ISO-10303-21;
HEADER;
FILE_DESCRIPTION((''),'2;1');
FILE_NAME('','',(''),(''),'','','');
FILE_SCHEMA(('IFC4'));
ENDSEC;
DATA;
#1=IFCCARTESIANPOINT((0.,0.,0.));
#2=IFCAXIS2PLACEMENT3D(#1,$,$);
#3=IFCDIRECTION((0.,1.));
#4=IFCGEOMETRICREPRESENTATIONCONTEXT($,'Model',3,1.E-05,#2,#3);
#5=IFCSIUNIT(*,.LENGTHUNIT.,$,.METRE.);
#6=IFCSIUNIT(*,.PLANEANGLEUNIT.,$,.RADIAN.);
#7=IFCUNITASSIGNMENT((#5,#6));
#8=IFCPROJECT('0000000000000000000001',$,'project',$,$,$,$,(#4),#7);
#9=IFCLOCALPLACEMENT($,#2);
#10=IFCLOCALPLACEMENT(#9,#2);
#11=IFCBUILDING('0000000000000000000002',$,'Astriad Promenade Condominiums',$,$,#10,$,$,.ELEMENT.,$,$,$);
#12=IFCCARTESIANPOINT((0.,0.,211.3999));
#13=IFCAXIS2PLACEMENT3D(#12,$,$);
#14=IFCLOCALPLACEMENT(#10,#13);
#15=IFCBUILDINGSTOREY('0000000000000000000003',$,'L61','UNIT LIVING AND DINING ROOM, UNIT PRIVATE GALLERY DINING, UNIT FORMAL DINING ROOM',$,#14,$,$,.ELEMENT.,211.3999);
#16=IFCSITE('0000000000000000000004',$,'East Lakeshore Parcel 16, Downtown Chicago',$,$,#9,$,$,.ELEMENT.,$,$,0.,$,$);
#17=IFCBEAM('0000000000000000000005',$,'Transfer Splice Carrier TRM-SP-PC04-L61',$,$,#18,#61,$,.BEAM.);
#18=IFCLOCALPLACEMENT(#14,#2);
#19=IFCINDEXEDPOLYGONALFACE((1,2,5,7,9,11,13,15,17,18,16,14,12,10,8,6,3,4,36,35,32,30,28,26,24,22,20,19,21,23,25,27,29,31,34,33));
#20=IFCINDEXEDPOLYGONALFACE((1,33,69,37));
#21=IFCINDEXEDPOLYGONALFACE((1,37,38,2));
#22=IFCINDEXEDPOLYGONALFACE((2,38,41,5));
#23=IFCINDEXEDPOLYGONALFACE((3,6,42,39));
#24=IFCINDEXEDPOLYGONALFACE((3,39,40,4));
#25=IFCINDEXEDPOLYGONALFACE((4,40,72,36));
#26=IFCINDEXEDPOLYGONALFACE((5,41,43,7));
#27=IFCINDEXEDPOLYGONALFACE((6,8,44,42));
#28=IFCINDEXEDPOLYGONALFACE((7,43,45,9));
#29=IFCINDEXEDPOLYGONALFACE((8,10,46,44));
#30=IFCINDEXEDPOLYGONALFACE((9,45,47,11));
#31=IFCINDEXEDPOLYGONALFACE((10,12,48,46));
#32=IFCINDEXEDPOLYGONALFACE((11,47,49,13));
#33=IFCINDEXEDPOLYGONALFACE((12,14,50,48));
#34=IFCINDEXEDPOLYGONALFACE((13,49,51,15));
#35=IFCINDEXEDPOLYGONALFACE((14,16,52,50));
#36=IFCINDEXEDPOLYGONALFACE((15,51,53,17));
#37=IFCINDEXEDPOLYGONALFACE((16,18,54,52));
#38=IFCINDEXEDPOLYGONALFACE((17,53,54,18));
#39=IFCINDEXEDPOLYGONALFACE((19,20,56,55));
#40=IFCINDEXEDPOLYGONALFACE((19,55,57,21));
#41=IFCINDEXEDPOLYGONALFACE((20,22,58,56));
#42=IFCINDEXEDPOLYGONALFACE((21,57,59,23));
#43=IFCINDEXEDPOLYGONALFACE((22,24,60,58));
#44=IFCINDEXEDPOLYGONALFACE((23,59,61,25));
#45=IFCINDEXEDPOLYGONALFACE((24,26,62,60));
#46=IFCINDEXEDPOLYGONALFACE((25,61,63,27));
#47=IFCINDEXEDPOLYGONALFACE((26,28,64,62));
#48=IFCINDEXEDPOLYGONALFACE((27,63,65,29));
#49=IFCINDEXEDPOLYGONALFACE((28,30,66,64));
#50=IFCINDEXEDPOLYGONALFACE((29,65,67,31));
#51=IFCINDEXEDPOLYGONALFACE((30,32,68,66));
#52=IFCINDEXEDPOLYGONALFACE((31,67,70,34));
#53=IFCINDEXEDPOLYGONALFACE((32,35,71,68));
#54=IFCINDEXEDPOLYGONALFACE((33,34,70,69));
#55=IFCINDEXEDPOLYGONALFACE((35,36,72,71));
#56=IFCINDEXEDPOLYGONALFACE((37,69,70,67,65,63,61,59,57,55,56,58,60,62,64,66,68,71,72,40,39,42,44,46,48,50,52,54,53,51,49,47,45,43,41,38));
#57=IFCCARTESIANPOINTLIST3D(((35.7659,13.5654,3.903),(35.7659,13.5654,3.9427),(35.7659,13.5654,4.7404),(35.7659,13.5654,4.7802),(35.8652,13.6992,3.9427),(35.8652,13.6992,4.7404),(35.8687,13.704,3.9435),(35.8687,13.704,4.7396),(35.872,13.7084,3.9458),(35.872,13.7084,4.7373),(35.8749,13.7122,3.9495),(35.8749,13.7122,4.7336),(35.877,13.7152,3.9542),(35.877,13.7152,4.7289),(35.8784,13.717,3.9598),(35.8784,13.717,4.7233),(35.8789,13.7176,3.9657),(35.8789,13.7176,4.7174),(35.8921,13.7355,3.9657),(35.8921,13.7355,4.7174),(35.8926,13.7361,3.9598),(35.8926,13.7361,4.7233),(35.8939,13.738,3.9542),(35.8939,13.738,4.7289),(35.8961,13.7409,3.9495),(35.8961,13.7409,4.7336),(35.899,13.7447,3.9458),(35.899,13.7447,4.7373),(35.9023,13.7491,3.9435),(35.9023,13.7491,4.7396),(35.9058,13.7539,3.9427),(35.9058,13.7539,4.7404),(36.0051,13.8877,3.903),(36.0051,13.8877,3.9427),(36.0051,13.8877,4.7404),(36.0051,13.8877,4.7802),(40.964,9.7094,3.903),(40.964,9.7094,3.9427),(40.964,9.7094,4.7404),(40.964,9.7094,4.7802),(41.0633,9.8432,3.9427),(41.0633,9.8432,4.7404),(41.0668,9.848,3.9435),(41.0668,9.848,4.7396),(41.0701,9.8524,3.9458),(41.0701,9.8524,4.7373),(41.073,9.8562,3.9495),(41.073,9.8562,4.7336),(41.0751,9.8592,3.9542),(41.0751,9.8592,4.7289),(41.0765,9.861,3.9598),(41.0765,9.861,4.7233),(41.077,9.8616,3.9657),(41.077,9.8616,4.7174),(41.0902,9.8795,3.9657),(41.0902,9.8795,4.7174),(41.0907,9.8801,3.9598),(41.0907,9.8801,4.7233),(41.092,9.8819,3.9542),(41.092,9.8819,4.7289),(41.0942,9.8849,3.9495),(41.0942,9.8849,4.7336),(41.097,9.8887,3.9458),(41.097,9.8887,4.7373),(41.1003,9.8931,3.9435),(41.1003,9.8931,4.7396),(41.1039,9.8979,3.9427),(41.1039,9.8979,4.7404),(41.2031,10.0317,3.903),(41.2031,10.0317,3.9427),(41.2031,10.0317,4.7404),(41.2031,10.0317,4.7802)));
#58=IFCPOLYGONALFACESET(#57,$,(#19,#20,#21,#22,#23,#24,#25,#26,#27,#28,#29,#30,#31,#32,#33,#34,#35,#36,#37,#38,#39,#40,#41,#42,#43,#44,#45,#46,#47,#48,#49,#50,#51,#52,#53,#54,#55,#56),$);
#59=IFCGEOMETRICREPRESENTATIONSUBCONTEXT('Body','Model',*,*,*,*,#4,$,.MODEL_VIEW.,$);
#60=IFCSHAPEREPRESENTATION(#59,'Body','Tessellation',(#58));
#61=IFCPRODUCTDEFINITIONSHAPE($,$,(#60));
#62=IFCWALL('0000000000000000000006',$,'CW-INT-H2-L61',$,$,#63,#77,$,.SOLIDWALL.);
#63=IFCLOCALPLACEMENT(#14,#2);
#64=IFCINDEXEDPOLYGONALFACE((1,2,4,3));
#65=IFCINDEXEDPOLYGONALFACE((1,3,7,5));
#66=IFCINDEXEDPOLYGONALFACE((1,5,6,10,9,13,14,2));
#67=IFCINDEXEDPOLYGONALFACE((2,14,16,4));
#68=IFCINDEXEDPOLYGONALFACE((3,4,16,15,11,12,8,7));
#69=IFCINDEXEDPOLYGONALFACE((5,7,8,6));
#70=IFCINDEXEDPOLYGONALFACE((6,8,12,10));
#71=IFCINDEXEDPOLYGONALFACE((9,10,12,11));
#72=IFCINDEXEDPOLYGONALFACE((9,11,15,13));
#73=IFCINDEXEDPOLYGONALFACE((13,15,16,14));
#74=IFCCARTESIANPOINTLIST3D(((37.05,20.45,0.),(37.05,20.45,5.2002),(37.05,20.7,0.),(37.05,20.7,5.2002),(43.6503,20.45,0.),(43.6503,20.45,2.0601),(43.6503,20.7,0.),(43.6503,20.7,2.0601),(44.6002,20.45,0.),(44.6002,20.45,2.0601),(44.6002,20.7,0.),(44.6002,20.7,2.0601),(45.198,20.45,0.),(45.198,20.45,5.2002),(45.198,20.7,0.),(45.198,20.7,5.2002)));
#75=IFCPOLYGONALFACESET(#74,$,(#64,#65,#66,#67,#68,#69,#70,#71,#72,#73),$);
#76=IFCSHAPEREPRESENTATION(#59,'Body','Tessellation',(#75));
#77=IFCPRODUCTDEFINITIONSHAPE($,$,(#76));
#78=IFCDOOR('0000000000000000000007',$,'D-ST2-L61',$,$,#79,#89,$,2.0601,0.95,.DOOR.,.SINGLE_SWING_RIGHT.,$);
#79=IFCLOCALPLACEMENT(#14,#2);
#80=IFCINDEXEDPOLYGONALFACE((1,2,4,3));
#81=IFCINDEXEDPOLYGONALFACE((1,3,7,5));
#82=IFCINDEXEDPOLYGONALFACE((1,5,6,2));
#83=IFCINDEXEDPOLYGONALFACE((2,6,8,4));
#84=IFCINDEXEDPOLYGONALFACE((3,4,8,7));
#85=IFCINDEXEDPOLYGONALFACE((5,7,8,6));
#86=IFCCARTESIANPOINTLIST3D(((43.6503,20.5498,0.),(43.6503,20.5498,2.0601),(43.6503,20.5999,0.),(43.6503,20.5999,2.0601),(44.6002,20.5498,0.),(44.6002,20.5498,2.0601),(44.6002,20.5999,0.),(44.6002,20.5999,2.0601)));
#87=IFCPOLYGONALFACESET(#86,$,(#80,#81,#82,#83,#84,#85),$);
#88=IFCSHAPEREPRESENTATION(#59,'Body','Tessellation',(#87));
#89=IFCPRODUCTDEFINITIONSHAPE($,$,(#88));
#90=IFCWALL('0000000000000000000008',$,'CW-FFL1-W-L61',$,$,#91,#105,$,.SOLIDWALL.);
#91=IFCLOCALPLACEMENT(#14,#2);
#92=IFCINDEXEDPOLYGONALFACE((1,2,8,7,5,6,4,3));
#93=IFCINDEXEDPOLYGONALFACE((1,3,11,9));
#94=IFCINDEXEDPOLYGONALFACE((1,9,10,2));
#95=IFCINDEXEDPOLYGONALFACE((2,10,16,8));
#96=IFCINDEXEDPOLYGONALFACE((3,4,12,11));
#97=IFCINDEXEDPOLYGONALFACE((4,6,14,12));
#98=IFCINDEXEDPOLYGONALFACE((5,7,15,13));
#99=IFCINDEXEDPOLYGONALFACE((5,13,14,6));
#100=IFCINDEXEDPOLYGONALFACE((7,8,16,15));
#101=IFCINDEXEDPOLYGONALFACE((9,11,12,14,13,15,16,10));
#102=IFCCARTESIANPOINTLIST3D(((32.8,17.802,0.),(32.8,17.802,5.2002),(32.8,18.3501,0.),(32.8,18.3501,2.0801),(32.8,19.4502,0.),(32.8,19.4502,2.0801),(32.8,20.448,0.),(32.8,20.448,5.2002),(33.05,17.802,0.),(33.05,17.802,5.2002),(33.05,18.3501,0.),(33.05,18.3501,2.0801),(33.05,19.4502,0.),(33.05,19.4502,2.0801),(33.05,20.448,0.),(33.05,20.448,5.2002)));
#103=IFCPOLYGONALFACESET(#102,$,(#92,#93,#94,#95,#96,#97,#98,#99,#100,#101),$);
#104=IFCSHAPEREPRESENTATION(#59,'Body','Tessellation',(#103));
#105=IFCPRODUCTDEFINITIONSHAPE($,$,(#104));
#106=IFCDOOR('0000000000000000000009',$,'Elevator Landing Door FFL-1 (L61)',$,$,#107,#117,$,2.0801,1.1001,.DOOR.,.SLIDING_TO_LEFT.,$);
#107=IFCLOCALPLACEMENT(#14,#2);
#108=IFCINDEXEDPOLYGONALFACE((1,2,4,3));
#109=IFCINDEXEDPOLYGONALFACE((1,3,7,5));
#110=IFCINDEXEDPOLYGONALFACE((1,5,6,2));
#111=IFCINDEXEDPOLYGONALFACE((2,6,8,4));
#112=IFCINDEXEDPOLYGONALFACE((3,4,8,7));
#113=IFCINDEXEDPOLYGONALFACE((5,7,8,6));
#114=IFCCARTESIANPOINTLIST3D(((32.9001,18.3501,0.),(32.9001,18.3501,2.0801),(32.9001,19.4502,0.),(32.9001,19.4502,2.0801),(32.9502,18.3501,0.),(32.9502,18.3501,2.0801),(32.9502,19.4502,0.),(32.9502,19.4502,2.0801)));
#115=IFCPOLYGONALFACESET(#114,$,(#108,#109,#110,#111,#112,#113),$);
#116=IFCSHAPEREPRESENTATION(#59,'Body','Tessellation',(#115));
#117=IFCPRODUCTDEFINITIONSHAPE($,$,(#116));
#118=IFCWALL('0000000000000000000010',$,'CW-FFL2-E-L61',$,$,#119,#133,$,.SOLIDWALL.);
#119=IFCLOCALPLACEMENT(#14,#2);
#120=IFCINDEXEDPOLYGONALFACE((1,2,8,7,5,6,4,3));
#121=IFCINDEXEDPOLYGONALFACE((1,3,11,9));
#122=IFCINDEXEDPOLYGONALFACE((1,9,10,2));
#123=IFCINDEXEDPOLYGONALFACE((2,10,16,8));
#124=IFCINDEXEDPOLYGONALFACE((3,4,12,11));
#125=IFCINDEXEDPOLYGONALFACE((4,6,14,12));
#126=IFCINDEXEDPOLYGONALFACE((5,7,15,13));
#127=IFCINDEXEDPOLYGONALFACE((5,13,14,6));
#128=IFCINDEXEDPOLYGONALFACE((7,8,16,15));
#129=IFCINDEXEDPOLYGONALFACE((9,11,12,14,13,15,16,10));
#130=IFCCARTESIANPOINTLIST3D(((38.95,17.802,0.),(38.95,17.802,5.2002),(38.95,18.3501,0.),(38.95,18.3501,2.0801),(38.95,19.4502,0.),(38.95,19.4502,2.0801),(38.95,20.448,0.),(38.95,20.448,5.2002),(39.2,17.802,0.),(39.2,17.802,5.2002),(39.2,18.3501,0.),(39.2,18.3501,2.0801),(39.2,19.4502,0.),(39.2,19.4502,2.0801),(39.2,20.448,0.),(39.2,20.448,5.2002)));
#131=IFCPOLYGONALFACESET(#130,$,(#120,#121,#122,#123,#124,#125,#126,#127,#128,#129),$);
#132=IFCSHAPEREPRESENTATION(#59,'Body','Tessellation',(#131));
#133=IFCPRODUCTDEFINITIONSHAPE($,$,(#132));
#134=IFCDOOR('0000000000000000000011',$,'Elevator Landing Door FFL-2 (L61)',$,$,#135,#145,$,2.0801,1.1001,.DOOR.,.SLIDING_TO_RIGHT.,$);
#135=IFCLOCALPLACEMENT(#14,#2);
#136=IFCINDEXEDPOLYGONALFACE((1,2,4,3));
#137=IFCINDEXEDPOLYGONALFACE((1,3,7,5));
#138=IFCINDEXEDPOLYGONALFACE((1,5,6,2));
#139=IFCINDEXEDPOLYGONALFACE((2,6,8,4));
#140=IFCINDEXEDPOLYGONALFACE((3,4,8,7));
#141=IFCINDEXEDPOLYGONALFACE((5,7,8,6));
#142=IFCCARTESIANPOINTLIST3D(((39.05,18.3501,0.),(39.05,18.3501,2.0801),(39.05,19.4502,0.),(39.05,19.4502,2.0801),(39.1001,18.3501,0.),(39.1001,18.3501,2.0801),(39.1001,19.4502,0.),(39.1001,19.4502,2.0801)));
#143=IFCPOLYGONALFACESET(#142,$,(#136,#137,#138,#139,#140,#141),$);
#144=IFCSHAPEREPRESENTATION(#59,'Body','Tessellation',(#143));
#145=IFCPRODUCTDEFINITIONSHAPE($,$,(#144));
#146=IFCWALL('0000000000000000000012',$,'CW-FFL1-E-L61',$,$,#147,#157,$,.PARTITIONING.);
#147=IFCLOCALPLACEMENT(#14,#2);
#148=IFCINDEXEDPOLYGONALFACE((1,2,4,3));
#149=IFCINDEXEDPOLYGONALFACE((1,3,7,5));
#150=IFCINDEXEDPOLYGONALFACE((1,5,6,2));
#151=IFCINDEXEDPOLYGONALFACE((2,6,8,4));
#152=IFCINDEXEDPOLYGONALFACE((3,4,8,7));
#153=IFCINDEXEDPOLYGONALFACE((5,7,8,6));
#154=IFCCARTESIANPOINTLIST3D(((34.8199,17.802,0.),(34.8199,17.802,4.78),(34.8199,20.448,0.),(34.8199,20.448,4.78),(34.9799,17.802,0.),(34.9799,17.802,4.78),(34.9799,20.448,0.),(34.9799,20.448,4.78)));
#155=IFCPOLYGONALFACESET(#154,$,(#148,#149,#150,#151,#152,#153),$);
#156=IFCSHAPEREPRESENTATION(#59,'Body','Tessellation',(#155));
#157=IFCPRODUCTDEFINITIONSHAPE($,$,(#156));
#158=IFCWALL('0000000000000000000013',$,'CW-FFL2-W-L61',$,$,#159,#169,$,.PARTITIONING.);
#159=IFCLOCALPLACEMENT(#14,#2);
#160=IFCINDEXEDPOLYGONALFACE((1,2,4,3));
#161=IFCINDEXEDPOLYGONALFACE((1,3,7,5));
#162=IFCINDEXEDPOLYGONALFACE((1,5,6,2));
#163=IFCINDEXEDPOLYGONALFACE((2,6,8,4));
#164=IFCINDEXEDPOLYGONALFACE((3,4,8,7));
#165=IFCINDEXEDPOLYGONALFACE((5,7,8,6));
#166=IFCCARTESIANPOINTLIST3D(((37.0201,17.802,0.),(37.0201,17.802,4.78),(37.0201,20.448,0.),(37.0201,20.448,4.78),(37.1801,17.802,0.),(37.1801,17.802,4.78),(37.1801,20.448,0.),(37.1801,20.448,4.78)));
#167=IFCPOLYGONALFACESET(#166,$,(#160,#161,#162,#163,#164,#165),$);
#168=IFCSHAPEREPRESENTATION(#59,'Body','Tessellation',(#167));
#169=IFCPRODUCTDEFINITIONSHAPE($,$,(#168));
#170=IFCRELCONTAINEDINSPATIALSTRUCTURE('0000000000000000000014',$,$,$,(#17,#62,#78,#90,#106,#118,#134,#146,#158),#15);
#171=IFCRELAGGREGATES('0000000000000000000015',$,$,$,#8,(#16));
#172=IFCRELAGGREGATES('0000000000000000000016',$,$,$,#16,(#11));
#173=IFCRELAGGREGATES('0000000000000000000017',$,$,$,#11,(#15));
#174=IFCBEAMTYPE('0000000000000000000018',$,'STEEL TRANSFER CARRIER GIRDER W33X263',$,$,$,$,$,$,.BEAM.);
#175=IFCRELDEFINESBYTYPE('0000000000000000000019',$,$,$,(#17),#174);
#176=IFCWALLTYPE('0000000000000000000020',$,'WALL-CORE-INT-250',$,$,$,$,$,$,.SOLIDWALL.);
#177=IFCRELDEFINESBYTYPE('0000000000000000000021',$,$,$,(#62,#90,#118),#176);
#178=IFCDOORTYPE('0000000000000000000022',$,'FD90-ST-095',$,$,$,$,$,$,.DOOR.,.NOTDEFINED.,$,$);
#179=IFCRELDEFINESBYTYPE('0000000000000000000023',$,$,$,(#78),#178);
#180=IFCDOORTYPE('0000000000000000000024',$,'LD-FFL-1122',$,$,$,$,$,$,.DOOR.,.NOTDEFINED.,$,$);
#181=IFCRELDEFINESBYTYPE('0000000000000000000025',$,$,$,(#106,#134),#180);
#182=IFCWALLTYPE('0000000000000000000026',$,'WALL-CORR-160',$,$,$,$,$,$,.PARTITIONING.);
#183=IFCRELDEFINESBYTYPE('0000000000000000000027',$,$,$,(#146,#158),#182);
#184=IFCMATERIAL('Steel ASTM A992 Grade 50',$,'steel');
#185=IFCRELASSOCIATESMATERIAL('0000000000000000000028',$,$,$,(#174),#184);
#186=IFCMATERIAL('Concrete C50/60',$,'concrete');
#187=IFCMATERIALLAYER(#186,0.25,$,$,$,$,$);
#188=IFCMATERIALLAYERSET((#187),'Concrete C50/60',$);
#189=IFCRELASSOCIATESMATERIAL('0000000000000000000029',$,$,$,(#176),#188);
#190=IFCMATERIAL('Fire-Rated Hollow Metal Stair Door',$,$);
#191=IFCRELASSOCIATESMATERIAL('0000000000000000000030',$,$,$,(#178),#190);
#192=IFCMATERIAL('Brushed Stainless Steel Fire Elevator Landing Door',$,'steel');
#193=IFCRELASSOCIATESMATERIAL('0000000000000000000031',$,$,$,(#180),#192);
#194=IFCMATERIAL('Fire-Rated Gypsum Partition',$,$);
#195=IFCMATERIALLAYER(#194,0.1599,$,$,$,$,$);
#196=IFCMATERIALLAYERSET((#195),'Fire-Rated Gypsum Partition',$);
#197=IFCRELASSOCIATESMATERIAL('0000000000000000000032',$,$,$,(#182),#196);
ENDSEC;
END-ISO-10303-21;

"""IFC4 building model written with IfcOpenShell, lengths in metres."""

from ifc_helpers import new_model, si_unit, direction, frame, frame_2d, origin, origin_2d, place, context, subcontext, project, spatial, rectangle, i_section, extrude, source, transform, mapped, material, layer, layer_set, material_profile, profile_set, type_object, type_shapes, element, fill, save


model = new_model("IFC4")

# Units and contexts
model_context = context("Model", 3, precision=1e-05, world=origin(), true_north=direction((0.0, 1.0)))
body_context = subcontext(model_context, "Body", "Model", "MODEL_VIEW")
ifc_project = project(units=[si_unit("LENGTHUNIT", "METRE"), si_unit("PLANEANGLEUNIT", "RADIAN")], contexts=[model_context])

# Site, building, storey
site_placement = place(None, origin())
site = spatial("IfcSite", under=ifc_project, at=site_placement, Name="East Lakeshore Parcel 16, Downtown Chicago", CompositionType="ELEMENT", RefElevation=0.0)
building_placement = place(site_placement, origin())
building = spatial("IfcBuilding", under=site, at=building_placement, Name="Astriad Promenade Condominiums", CompositionType="ELEMENT")
storey_placement = place(building_placement, frame((0.0, 0.0, 211.3999)))
storey = spatial("IfcBuildingStorey", under=building, at=storey_placement, Name="L61", Description="UNIT LIVING AND DINING ROOM, UNIT PRIVATE GALLERY DINING, UNIT FORMAL DINING ROOM", CompositionType="ELEMENT", Elevation=211.3999)

# Shared definitions
ifc_material_1 = material(Name="Steel ASTM A992 Grade 50", Category="steel")

# Beam
ifc_material_profile_1 = material_profile(ifc_material_1, i_section(OverallWidth=0.4014, OverallDepth=0.8772, WebThickness=0.0222, FlangeThickness=0.0398, FilletRadius=0.0229, at=origin_2d()), Name="W33X263")
ifc_profile_set_1 = profile_set([ifc_material_profile_1], Name="Steel ASTM A992 Grade 50")
beam_type_1 = type_object("IfcBeamType", Name="STEEL TRANSFER CARRIER GIRDER W33X263", PredefinedType="BEAM", material=ifc_profile_set_1)
shared_shape_1 = source(origin(), body_context, "Body", "SweptSolid", [
    extrude(i_section(OverallWidth=0.4014, OverallDepth=0.8772, WebThickness=0.0222, FlangeThickness=0.0398, FilletRadius=0.0229, at=origin_2d()), origin(), (0.0, 0.0, 1.0), 6.4722),
])
type_shapes(beam_type_1, [shared_shape_1])
beam_1_placement = place(storey_placement, frame((35.8855, 13.7266, 4.3416), z_axis=(0.803144, -0.595785, 0.0), x_axis=(0.595785, 0.803144, 0.0)))
element("IfcBeam", 1, at=beam_1_placement, inside=storey, type_object=beam_type_1, Name="Transfer Splice Carrier TRM-SP-PC04-L61", PredefinedType="BEAM", context=body_context, shape_type="MappedRepresentation", body=[
    mapped(shared_shape_1, transform((0.0, 0.0, 0.0), scale=1.0)),
])

# Walls, openings, doors
ifc_material_2 = material(Name="Concrete C50/60", Category="concrete")
ifc_layer_1 = layer(ifc_material_2, 0.25)
ifc_layer_set_1 = layer_set([ifc_layer_1], Name="Concrete C50/60")
wall_type_1 = type_object("IfcWallType", Name="WALL-CORE-INT-250", PredefinedType="SOLIDWALL", material=ifc_layer_set_1)
wall_1_placement = place(storey_placement, frame((37.05, 20.575, 0.0), z_axis=(0.0, 0.0, 1.0), x_axis=(1.0, 0.0, 0.0)))
wall_1 = element("IfcWall", 2, at=wall_1_placement, inside=storey, type_object=wall_type_1, Name="CW-INT-H2-L61", PredefinedType="SOLIDWALL", context=body_context, shape_type="SweptSolid", body=[
    extrude(rectangle(XDim=8.1479, YDim=0.25, at=frame_2d((4.074, 0.0))), origin(), (0.0, 0.0, 1.0), 5.2002),
])
opening_1_placement = place(wall_1_placement, frame((6.6001, 0.0, 0.0)))
opening_1 = element("IfcOpeningElement", 3, at=opening_1_placement, cuts=wall_1, PredefinedType="OPENING", context=body_context, shape_type="SweptSolid", body=[
    extrude(rectangle(XDim=0.95, YDim=2.0601, at=frame_2d((0.4751, 1.03))), frame((0.0, 0.135, 0.0), z_axis=(0.0, -1.0, 0.0), x_axis=(1.0, 0.0, 0.0)), (0.0, 0.0, 1.0), 0.27),
])
ifc_material_3 = material(Name="Fire-Rated Hollow Metal Stair Door")
door_type_1 = type_object("IfcDoorType", Name="FD90-ST-095", OperationType="NOTDEFINED", PredefinedType="DOOR", material=ifc_material_3)
shared_shape_2 = source(origin(), body_context, "Body", "SweptSolid", [
    extrude(rectangle(XDim=0.95, YDim=2.0601, at=frame_2d((0.4751, 1.03))), frame((0.0, 0.0249, 0.0), z_axis=(0.0, -1.0, 0.0), x_axis=(1.0, 0.0, 0.0)), (0.0, 0.0, 1.0), 0.05),
])
type_shapes(door_type_1, [shared_shape_2])
door_1_placement = place(opening_1_placement, origin())
door_1 = element("IfcDoor", 4, at=door_1_placement, inside=storey, type_object=door_type_1, Name="D-ST2-L61", OperationType="SINGLE_SWING_RIGHT", OverallHeight=2.0601, OverallWidth=0.95, PredefinedType="DOOR", context=body_context, shape_type="MappedRepresentation", body=[
    mapped(shared_shape_2, transform((0.0, 0.0, 0.0), scale=1.0)),
])
fill(opening_1, door_1)
wall_2_placement = place(storey_placement, frame((32.925, 17.802, 0.0), z_axis=(0.0, 0.0, 1.0), x_axis=(0.0, 1.0, 0.0)))
wall_2 = element("IfcWall", 5, at=wall_2_placement, inside=storey, type_object=wall_type_1, Name="CW-FFL1-W-L61", PredefinedType="SOLIDWALL", context=body_context, shape_type="SweptSolid", body=[
    extrude(rectangle(XDim=2.646, YDim=0.25, at=frame_2d((1.323, 0.0))), origin(), (0.0, 0.0, 1.0), 5.2002),
])
opening_2_placement = place(wall_2_placement, frame((0.5481, 0.0, 0.0)))
opening_2 = element("IfcOpeningElement", 6, at=opening_2_placement, cuts=wall_2, PredefinedType="OPENING", context=body_context, shape_type="SweptSolid", body=[
    extrude(rectangle(XDim=1.1001, YDim=2.0801, at=frame_2d((0.55, 1.04))), frame((0.0, 0.135, 0.0), z_axis=(0.0, -1.0, 0.0), x_axis=(1.0, 0.0, 0.0)), (0.0, 0.0, 1.0), 0.27),
])
ifc_material_4 = material(Name="Brushed Stainless Steel Fire Elevator Landing Door", Category="steel")
door_type_2 = type_object("IfcDoorType", Name="LD-FFL-1122", OperationType="NOTDEFINED", PredefinedType="DOOR", material=ifc_material_4)
shared_shape_3 = source(origin(), body_context, "Body", "SweptSolid", [
    extrude(rectangle(XDim=1.1001, YDim=2.0801, at=frame_2d((0.55, 1.04))), frame((0.0, 0.0249, 0.0), z_axis=(0.0, -1.0, 0.0), x_axis=(1.0, 0.0, 0.0)), (0.0, 0.0, 1.0), 0.05),
])
type_shapes(door_type_2, [shared_shape_3])
door_2_placement = place(opening_2_placement, origin())
door_2 = element("IfcDoor", 7, at=door_2_placement, inside=storey, type_object=door_type_2, Name="Elevator Landing Door FFL-1 (L61)", OperationType="SLIDING_TO_LEFT", OverallHeight=2.0801, OverallWidth=1.1001, PredefinedType="DOOR", context=body_context, shape_type="MappedRepresentation", body=[
    mapped(shared_shape_3, transform((0.0, 0.0, 0.0), scale=1.0)),
])
fill(opening_2, door_2)
wall_3_placement = place(storey_placement, frame((39.075, 17.802, 0.0), z_axis=(0.0, 0.0, 1.0), x_axis=(0.0, 1.0, 0.0)))
wall_3 = element("IfcWall", 8, at=wall_3_placement, inside=storey, type_object=wall_type_1, Name="CW-FFL2-E-L61", PredefinedType="SOLIDWALL", context=body_context, shape_type="SweptSolid", body=[
    extrude(rectangle(XDim=2.646, YDim=0.25, at=frame_2d((1.323, 0.0))), origin(), (0.0, 0.0, 1.0), 5.2002),
])
opening_3_placement = place(wall_3_placement, frame((0.5481, 0.0, 0.0)))
opening_3 = element("IfcOpeningElement", 9, at=opening_3_placement, cuts=wall_3, PredefinedType="OPENING", context=body_context, shape_type="SweptSolid", body=[
    extrude(rectangle(XDim=1.1001, YDim=2.0801, at=frame_2d((0.55, 1.04))), frame((0.0, 0.135, 0.0), z_axis=(0.0, -1.0, 0.0), x_axis=(1.0, 0.0, 0.0)), (0.0, 0.0, 1.0), 0.27),
])
door_3_placement = place(opening_3_placement, origin())
door_3 = element("IfcDoor", 10, at=door_3_placement, inside=storey, type_object=door_type_2, Name="Elevator Landing Door FFL-2 (L61)", OperationType="SLIDING_TO_RIGHT", OverallHeight=2.0801, OverallWidth=1.1001, PredefinedType="DOOR", context=body_context, shape_type="MappedRepresentation", body=[
    mapped(shared_shape_3, transform((0.0, 0.0, 0.0), scale=1.0)),
])
fill(opening_3, door_3)

# Walls
ifc_material_5 = material(Name="Fire-Rated Gypsum Partition")
ifc_layer_2 = layer(ifc_material_5, 0.1599)
ifc_layer_set_2 = layer_set([ifc_layer_2], Name="Fire-Rated Gypsum Partition")
wall_type_2 = type_object("IfcWallType", Name="WALL-CORR-160", PredefinedType="PARTITIONING", material=ifc_layer_set_2)
for number, where, z_axis, x_axis, name in (
    (11, (34.8999, 17.802, 0.0), (0.0, 0.0, 1.0), (0.0, 1.0, 0.0), "CW-FFL1-E-L61"),
    (12, (37.1001, 17.802, 0.0), (0.0, 0.0, 1.0), (0.0, 1.0, 0.0), "CW-FFL2-W-L61"),
):
    element("IfcWall", number, at=place(storey_placement, frame(where, z_axis=z_axis, x_axis=x_axis)), inside=storey, type_object=wall_type_2, Name=name, PredefinedType="PARTITIONING", context=body_context, shape_type="SweptSolid", body=[
        extrude(rectangle(XDim=2.646, YDim=0.1599, at=frame_2d((1.323, 0.0))), origin(), (0.0, 0.0, 1.0), 4.78),
    ])

save(model, "model.ifc")
